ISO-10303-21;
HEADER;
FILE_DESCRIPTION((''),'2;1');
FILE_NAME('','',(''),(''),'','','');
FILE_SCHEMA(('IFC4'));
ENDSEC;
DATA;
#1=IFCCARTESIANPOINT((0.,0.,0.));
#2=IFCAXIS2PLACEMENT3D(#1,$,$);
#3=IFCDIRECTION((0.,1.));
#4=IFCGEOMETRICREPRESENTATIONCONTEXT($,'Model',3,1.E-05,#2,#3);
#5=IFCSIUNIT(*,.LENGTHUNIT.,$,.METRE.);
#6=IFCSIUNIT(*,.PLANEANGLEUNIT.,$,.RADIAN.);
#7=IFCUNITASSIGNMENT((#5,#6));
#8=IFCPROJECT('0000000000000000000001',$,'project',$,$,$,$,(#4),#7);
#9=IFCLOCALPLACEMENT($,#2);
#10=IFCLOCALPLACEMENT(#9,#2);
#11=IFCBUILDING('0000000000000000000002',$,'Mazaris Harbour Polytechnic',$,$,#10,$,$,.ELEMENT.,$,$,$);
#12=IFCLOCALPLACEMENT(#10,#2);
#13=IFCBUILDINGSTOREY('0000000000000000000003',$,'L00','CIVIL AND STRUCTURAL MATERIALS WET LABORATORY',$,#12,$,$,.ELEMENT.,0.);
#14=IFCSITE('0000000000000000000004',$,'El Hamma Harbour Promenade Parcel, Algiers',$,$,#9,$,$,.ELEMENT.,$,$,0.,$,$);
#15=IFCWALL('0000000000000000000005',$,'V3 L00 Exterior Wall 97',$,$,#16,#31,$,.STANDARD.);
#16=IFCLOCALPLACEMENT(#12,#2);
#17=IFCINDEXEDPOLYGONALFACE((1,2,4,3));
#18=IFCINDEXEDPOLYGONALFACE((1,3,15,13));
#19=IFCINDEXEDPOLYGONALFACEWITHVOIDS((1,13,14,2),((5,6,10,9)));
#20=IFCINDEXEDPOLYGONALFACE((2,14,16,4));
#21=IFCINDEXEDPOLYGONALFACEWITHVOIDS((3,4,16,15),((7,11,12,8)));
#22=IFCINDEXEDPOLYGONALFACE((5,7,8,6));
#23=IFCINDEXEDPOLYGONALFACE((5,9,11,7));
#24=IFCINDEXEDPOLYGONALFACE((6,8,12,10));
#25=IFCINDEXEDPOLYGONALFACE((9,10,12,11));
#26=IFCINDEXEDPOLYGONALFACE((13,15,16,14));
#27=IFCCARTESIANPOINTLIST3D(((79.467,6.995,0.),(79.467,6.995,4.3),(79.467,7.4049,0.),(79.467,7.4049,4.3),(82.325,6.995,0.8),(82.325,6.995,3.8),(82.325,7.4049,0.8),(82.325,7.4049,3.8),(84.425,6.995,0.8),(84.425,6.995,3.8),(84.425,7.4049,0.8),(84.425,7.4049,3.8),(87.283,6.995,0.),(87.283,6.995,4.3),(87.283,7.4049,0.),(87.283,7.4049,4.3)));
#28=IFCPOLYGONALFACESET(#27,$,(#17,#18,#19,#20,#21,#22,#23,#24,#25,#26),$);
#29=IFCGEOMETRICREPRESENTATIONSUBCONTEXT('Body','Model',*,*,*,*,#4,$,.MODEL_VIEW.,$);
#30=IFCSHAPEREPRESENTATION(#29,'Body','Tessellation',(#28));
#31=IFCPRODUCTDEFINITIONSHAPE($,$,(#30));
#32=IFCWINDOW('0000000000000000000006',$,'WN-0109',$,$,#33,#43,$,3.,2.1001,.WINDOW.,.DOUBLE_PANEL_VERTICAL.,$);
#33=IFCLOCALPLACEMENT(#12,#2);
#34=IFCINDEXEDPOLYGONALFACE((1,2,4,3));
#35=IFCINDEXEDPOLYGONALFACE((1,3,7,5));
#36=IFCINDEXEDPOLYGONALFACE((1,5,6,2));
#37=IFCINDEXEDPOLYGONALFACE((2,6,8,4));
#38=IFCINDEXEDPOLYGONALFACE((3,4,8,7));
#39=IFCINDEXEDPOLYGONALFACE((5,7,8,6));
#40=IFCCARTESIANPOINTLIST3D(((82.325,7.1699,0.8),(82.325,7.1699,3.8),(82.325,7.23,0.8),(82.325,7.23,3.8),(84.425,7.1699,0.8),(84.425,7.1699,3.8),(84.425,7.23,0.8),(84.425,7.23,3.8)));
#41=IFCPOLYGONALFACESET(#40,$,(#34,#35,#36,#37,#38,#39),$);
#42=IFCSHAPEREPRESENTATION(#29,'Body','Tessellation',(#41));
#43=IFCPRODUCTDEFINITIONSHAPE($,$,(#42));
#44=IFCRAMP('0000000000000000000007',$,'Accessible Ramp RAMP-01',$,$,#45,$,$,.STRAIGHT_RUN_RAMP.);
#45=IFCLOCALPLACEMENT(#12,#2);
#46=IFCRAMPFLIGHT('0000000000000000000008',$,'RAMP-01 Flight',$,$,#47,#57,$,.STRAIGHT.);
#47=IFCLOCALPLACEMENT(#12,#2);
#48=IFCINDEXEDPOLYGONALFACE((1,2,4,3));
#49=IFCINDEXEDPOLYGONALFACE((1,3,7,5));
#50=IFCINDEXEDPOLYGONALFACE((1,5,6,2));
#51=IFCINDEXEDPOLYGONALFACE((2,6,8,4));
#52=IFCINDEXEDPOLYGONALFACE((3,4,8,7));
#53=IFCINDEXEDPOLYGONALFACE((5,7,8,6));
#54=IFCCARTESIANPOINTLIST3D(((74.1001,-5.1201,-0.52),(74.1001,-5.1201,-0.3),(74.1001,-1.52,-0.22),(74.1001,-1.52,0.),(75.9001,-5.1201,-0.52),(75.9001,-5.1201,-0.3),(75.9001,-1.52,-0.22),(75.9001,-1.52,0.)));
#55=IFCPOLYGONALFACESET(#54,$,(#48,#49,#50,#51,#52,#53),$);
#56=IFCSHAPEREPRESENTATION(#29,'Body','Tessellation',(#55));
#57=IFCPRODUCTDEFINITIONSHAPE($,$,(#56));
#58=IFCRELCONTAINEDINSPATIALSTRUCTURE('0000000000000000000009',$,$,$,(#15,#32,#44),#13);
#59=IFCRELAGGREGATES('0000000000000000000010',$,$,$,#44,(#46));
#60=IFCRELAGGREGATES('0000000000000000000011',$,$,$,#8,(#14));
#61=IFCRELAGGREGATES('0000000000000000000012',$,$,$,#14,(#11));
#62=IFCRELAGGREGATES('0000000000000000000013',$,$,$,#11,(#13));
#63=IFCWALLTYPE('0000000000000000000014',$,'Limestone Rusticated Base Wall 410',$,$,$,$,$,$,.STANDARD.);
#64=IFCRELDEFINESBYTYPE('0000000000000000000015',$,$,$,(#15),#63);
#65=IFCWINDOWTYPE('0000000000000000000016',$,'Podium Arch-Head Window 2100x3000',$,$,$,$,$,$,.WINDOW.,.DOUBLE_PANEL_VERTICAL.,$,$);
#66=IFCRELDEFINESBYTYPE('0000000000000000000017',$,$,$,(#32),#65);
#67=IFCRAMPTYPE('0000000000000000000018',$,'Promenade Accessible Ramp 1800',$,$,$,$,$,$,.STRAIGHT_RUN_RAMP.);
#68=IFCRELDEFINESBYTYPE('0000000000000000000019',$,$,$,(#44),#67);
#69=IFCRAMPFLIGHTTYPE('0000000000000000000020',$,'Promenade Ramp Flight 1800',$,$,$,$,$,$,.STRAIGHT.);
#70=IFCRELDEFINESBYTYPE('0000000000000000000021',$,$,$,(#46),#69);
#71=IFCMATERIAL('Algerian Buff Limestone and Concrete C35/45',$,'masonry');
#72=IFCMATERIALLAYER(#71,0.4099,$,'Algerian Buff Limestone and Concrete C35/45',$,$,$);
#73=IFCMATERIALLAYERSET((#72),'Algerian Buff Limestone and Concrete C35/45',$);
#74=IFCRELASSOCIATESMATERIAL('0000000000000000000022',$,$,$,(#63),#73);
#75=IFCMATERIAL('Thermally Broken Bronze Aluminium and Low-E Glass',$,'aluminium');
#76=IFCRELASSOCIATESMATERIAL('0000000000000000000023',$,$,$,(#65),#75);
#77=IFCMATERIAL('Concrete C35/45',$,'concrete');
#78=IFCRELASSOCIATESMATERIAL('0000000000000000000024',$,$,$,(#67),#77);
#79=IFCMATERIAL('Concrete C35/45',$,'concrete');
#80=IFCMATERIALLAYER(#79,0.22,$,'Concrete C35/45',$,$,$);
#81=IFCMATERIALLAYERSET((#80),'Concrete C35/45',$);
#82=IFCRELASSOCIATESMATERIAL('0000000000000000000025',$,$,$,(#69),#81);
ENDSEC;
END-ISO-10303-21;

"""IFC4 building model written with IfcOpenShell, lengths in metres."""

from ifc_helpers import new_model, si_unit, direction, frame, frame_2d, origin, place, context, subcontext, project, spatial, polyline, rectangle, outline, extrude, material, layer, layer_set, type_object, element, fill, aggregate, save


model = new_model("IFC4")

# Units and contexts
model_context = context("Model", 3, precision=1e-05, world=origin(), true_north=direction((0.0, 1.0)))
body_context = subcontext(model_context, "Body", "Model", "MODEL_VIEW")
ifc_project = project(units=[si_unit("LENGTHUNIT", "METRE"), si_unit("PLANEANGLEUNIT", "RADIAN")], contexts=[model_context])

# Site, building, storey
site_placement = place(None, origin())
site = spatial("IfcSite", under=ifc_project, at=site_placement, Name="El Hamma Harbour Promenade Parcel, Algiers", CompositionType="ELEMENT", RefElevation=0.0)
building_placement = place(site_placement, origin())
building = spatial("IfcBuilding", under=site, at=building_placement, Name="Mazaris Harbour Polytechnic", CompositionType="ELEMENT")
storey_placement = place(building_placement, origin())
storey = spatial("IfcBuildingStorey", under=building, at=storey_placement, Name="L00", Description="CIVIL AND STRUCTURAL MATERIALS WET LABORATORY", CompositionType="ELEMENT", Elevation=0.0)

# Wall, opening, window
ifc_material_1 = material(Name="Algerian Buff Limestone and Concrete C35/45", Category="masonry")
ifc_layer_1 = layer(ifc_material_1, 0.4099, Name="Algerian Buff Limestone and Concrete C35/45")
ifc_layer_set_1 = layer_set([ifc_layer_1], Name="Algerian Buff Limestone and Concrete C35/45")
wall_type = type_object("IfcWallType", Name="Limestone Rusticated Base Wall 410", PredefinedType="STANDARD", material=ifc_layer_set_1)
wall_placement = place(storey_placement, frame((87.283, 7.2, 0.0), z_axis=(0.0, 0.0, 1.0), x_axis=(-1.0, 0.0, 0.0)))
wall = element("IfcWall", 1, at=wall_placement, inside=storey, type_object=wall_type, Name="V3 L00 Exterior Wall 97", PredefinedType="STANDARD", context=body_context, shape_type="SweptSolid", body=[
    extrude(rectangle(XDim=7.8159, YDim=0.4099, at=frame_2d((3.908, 0.0))), origin(), (0.0, 0.0, 1.0), 4.3),
])
opening_placement = place(wall_placement, frame((2.8579, 0.0, 0.8)))
opening = element("IfcOpeningElement", 2, at=opening_placement, cuts=wall, PredefinedType="OPENING", context=body_context, shape_type="SweptSolid", body=[
    extrude(rectangle(XDim=2.1001, YDim=3.0, at=frame_2d((1.05, 1.5))), frame((0.0, 0.2148, 0.0), z_axis=(0.0, -1.0, 0.0), x_axis=(1.0, 0.0, 0.0)), (0.0, 0.0, 1.0), 0.4299),
])
ifc_material_2 = material(Name="Thermally Broken Bronze Aluminium and Low-E Glass", Category="aluminium")
window_type = type_object("IfcWindowType", Name="Podium Arch-Head Window 2100x3000", PartitioningType="DOUBLE_PANEL_VERTICAL", PredefinedType="WINDOW", material=ifc_material_2)
window_placement = place(opening_placement, origin())
window = element("IfcWindow", 3, at=window_placement, inside=storey, type_object=window_type, Name="WN-0109", OverallHeight=3.0, OverallWidth=2.1001, PartitioningType="DOUBLE_PANEL_VERTICAL", PredefinedType="WINDOW", context=body_context, shape_type="SweptSolid", body=[
    extrude(rectangle(XDim=2.1001, YDim=3.0, at=frame_2d((1.05, 1.5))), frame((0.0, 0.03, 0.0), z_axis=(0.0, -1.0, 0.0), x_axis=(1.0, 0.0, 0.0)), (0.0, 0.0, 1.0), 0.0601),
])
fill(opening, window)

# Ramp, ramp flight
ifc_material_3 = material(Name="Concrete C35/45", Category="concrete")
ramp_type = type_object("IfcRampType", Name="Promenade Accessible Ramp 1800", PredefinedType="STRAIGHT_RUN_RAMP", material=ifc_material_3)
ramp_placement = place(storey_placement, origin())
ramp = element("IfcRamp", 4, at=ramp_placement, inside=storey, type_object=ramp_type, Name="Accessible Ramp RAMP-01", PredefinedType="STRAIGHT_RUN_RAMP")
ifc_material_4 = material(Name="Concrete C35/45", Category="concrete")
ifc_layer_2 = layer(ifc_material_4, 0.22, Name="Concrete C35/45")
ifc_layer_set_2 = layer_set([ifc_layer_2], Name="Concrete C35/45")
ramp_flight_type = type_object("IfcRampFlightType", Name="Promenade Ramp Flight 1800", PredefinedType="STRAIGHT", material=ifc_layer_set_2)
ramp_flight_placement = place(storey_placement, frame((75.0, -5.1201, -0.3), z_axis=(0.0, 0.0, 1.0), x_axis=(0.0, 1.0, 0.0)))
ramp_flight = element("IfcRampFlight", 5, at=ramp_flight_placement, type_object=ramp_flight_type, Name="RAMP-01 Flight", PredefinedType="STRAIGHT", context=body_context, shape_type="SweptSolid", body=[
    extrude(outline(polyline([(0.0, 0.0), (0.0, -0.22), (3.6001, 0.0801), (3.6001, 0.3), (0.0, 0.0)])), frame((0.0, 0.8999, 0.0), z_axis=(0.0, -1.0, 0.0), x_axis=(1.0, 0.0, 0.0)), (0.0, 0.0, 1.0), 1.8),
])
aggregate(ramp, [ramp_flight])

save(model, "model.ifc")
